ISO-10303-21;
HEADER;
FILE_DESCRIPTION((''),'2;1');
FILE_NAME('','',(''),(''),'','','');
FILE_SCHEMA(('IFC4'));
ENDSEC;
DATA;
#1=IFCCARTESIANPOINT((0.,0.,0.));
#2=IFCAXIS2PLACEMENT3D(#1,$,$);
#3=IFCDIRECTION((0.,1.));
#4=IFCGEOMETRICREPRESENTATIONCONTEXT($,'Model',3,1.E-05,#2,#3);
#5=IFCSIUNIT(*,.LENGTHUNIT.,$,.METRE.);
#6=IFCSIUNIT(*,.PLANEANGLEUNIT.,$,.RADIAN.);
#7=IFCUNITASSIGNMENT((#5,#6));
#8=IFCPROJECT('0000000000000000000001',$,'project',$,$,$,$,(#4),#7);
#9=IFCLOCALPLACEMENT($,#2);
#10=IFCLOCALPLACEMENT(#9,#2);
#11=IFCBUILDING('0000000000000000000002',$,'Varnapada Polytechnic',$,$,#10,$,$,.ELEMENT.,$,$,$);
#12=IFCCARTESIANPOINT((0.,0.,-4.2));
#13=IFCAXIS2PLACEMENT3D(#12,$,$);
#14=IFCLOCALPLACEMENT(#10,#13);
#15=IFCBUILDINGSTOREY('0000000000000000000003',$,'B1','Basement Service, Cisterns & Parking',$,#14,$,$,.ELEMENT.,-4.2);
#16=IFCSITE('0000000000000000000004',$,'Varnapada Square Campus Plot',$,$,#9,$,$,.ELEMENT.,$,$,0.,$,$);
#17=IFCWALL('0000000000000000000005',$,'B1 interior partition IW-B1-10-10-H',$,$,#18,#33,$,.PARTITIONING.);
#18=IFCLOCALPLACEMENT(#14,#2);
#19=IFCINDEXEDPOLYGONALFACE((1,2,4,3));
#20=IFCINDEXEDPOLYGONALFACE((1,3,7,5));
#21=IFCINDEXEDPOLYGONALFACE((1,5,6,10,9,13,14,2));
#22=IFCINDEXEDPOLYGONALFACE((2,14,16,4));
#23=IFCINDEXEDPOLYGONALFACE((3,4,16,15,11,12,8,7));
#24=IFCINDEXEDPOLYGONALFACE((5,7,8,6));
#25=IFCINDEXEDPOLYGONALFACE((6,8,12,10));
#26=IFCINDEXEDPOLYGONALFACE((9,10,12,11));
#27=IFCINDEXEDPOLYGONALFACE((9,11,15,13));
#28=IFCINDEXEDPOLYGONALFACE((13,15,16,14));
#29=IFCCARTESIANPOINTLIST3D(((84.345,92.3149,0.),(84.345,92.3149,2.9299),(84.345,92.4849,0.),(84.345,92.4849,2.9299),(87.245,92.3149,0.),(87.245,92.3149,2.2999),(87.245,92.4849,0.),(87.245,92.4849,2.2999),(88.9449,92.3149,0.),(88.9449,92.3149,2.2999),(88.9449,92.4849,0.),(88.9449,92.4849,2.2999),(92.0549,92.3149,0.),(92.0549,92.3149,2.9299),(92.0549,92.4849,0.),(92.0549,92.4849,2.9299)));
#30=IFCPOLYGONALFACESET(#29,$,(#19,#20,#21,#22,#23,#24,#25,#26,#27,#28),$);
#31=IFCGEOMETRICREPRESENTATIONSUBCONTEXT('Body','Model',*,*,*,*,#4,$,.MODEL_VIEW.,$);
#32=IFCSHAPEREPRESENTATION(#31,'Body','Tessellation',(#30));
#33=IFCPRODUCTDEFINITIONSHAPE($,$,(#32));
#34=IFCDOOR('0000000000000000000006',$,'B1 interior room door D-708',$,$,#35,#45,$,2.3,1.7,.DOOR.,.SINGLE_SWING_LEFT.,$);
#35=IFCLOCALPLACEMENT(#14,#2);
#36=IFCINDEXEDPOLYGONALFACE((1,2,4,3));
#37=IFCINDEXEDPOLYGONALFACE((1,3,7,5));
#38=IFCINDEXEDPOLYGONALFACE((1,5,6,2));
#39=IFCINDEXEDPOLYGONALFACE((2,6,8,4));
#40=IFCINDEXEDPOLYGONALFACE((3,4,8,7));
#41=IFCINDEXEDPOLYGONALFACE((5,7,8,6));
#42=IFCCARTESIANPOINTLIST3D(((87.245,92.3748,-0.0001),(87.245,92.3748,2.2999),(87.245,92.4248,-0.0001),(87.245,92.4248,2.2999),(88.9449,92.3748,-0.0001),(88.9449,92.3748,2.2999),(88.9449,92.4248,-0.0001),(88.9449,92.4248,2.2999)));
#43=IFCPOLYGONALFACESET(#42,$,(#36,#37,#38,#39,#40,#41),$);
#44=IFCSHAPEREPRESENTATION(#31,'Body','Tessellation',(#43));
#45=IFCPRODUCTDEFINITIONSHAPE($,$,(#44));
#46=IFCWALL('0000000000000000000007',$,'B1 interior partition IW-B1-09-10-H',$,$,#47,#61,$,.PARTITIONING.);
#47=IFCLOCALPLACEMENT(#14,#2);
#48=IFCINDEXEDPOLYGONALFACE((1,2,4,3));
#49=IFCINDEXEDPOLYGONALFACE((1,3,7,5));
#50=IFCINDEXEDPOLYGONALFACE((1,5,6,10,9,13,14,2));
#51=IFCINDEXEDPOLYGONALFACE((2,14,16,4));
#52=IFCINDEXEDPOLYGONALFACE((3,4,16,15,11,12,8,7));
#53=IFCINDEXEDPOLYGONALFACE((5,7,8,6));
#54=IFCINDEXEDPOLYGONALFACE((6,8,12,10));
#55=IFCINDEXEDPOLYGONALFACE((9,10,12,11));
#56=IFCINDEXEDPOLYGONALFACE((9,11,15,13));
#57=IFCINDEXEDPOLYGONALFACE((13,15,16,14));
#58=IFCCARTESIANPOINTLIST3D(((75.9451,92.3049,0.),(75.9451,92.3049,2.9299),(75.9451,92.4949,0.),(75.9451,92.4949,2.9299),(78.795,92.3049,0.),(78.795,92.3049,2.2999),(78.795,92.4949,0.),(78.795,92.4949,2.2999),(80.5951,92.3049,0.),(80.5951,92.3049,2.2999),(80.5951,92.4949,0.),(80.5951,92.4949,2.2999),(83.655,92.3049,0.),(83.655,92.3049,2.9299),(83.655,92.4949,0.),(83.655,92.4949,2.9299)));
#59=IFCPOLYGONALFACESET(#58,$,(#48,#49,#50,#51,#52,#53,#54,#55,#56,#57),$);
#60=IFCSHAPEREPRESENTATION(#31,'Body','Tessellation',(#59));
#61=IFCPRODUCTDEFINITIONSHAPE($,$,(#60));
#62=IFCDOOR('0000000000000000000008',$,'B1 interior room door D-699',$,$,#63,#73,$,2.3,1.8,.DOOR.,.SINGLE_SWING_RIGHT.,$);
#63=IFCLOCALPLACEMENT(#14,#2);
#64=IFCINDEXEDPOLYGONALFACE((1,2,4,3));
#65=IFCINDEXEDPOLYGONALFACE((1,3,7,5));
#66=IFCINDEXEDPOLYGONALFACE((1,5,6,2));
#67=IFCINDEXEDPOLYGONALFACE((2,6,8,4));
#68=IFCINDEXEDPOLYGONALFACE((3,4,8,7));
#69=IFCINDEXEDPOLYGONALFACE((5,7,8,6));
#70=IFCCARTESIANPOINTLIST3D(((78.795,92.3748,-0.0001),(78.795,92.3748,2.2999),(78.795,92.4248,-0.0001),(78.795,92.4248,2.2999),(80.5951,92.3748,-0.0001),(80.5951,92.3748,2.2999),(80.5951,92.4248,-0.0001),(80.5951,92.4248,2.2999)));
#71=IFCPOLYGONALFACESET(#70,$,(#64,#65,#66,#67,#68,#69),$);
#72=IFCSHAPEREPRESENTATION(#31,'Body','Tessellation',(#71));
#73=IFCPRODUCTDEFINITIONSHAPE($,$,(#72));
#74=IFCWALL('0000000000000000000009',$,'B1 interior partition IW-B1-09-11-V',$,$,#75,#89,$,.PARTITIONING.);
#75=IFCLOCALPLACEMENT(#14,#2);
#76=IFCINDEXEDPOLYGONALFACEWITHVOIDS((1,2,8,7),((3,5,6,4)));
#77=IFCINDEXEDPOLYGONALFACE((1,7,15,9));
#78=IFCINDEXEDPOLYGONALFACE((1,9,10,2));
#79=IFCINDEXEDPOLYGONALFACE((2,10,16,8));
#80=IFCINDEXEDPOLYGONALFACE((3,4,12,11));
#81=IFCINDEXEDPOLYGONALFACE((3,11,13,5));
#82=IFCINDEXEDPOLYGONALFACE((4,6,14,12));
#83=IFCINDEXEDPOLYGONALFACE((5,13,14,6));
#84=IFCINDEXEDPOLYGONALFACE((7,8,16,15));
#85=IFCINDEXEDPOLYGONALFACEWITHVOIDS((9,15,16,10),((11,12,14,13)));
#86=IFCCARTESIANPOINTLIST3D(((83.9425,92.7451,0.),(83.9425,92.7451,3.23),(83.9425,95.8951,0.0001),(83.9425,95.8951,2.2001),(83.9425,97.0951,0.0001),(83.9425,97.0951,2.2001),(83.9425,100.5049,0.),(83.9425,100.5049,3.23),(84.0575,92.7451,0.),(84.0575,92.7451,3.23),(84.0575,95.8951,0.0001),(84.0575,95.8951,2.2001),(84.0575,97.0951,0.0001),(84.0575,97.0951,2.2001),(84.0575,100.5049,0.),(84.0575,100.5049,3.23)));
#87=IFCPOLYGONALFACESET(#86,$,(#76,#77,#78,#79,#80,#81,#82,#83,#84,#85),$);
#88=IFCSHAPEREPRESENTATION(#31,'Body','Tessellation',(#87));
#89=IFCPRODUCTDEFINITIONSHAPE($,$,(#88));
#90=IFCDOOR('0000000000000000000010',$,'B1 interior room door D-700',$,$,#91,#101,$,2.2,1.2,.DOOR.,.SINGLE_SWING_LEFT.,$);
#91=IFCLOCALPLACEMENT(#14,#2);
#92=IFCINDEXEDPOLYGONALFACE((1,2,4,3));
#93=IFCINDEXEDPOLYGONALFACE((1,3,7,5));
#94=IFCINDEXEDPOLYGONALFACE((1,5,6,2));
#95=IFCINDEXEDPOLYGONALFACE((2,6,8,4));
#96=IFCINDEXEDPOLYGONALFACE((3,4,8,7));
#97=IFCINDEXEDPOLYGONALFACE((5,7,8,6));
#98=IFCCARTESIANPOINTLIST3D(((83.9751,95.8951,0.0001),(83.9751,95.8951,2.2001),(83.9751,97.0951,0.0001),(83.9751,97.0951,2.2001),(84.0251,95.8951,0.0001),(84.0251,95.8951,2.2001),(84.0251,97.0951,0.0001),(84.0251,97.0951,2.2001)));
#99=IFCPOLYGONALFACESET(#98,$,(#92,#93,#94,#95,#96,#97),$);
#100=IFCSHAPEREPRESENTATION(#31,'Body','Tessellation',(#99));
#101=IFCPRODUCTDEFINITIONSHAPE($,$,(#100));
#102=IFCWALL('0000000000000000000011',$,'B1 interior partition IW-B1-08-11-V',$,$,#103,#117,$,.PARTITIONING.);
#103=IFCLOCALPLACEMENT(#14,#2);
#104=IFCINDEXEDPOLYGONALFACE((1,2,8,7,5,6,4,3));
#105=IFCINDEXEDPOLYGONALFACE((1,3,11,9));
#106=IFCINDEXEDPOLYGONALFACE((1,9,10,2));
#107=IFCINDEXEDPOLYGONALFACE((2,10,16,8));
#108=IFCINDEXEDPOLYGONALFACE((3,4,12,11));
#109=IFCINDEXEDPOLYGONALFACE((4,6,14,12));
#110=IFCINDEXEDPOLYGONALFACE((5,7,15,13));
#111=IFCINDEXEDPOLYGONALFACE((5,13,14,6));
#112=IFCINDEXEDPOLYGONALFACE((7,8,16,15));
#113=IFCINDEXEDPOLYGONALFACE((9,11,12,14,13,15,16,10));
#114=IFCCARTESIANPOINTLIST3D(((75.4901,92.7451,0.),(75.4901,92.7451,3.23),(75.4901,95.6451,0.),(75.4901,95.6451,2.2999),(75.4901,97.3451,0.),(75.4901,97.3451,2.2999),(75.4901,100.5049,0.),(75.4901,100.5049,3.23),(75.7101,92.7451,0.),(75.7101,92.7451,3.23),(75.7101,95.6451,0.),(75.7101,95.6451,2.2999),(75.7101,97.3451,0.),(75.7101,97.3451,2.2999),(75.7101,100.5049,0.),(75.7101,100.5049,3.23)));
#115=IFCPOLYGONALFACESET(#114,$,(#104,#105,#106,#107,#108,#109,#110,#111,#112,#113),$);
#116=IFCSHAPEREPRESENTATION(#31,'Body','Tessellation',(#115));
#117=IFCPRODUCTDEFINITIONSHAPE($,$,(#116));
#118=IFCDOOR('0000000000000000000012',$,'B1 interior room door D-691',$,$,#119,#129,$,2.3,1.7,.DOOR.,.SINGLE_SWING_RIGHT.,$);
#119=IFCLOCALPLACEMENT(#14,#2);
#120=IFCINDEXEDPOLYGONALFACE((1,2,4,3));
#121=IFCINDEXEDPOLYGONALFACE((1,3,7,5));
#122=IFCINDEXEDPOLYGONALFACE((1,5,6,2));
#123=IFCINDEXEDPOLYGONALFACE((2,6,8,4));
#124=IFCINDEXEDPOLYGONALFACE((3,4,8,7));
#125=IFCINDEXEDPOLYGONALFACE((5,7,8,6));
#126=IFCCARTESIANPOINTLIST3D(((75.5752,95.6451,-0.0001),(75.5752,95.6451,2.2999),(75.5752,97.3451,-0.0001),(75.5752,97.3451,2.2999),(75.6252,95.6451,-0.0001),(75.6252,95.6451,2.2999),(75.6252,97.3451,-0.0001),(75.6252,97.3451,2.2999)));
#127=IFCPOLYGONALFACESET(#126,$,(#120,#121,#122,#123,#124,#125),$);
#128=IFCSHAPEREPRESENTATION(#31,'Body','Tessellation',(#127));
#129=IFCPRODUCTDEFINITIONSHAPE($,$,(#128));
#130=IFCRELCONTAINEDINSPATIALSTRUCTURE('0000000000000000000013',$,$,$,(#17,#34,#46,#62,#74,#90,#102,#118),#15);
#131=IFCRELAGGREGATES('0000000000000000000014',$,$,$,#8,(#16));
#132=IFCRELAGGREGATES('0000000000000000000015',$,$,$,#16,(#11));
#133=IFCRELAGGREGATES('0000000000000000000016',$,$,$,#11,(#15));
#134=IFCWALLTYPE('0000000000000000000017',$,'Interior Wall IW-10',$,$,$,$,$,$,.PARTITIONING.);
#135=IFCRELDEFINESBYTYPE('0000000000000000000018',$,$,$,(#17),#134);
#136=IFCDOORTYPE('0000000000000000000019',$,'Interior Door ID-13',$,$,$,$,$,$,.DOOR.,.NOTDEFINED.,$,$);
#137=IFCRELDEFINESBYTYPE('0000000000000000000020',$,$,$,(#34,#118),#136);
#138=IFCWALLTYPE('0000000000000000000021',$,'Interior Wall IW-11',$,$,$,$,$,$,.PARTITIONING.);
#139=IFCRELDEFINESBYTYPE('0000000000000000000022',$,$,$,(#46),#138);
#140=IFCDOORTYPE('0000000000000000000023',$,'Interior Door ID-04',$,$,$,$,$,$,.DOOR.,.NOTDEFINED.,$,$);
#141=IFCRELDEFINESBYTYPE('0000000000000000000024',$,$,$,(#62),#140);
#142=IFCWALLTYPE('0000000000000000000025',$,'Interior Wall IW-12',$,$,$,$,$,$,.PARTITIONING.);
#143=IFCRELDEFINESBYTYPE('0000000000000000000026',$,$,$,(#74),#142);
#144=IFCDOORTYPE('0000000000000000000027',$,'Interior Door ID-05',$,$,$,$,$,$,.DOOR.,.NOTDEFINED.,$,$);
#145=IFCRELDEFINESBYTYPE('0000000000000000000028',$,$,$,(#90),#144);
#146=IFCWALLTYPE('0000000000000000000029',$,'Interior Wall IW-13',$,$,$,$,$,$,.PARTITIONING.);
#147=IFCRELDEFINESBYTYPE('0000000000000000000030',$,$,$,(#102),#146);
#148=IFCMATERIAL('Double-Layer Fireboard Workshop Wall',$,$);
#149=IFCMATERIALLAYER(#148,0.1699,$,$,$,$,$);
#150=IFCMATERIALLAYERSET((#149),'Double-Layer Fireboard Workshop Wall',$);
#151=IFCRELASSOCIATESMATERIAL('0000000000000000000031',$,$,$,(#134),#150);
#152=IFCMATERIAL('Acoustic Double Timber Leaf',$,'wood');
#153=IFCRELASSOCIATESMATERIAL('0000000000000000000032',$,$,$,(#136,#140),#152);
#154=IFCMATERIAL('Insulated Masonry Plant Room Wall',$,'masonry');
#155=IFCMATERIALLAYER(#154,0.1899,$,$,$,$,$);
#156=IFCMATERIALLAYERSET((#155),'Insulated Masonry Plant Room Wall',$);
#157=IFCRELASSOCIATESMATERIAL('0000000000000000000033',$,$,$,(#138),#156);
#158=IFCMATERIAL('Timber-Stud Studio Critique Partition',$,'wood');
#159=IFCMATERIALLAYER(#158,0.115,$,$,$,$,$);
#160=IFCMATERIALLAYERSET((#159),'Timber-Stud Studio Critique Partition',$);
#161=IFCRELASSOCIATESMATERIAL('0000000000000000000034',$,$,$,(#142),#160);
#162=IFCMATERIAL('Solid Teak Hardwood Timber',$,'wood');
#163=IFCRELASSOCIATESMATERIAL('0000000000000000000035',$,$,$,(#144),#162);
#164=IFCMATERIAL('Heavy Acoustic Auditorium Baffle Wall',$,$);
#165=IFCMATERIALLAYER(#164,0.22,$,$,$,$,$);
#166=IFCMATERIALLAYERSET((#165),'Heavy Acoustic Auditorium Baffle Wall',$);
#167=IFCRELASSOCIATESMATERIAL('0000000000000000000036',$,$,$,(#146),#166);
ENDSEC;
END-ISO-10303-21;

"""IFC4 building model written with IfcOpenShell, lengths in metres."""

from ifc_helpers import new_model, si_unit, direction, frame, frame_2d, origin, place, context, subcontext, project, spatial, rectangle, extrude, material, layer, layer_set, type_object, element, fill, save


model = new_model("IFC4")

# Units and contexts
model_context = context("Model", 3, precision=1e-05, world=origin(), true_north=direction((0.0, 1.0)))
body_context = subcontext(model_context, "Body", "Model", "MODEL_VIEW")
ifc_project = project(units=[si_unit("LENGTHUNIT", "METRE"), si_unit("PLANEANGLEUNIT", "RADIAN")], contexts=[model_context])

# Site, building, storey
site_placement = place(None, origin())
site = spatial("IfcSite", under=ifc_project, at=site_placement, Name="Varnapada Square Campus Plot", CompositionType="ELEMENT", RefElevation=0.0)
building_placement = place(site_placement, origin())
building = spatial("IfcBuilding", under=site, at=building_placement, Name="Varnapada Polytechnic", CompositionType="ELEMENT")
storey_placement = place(building_placement, frame((0.0, 0.0, -4.2)))
storey = spatial("IfcBuildingStorey", under=building, at=storey_placement, Name="B1", Description="Basement Service, Cisterns & Parking", CompositionType="ELEMENT", Elevation=-4.2)

# Walls, openings, doors
ifc_material_1 = material(Name="Double-Layer Fireboard Workshop Wall")
ifc_layer_1 = layer(ifc_material_1, 0.1699)
ifc_layer_set_1 = layer_set([ifc_layer_1], Name="Double-Layer Fireboard Workshop Wall")
wall_type_1 = type_object("IfcWallType", Name="Interior Wall IW-10", PredefinedType="PARTITIONING", material=ifc_layer_set_1)
wall_1_placement = place(storey_placement, frame((84.345, 92.3999, 0.0), z_axis=(0.0, 0.0, 1.0), x_axis=(1.0, 0.0, 0.0)))
wall_1 = element("IfcWall", 1, at=wall_1_placement, inside=storey, type_object=wall_type_1, Name="B1 interior partition IW-B1-10-10-H", PredefinedType="PARTITIONING", context=body_context, shape_type="SweptSolid", body=[
    extrude(rectangle(XDim=7.71, YDim=0.1699, at=frame_2d((3.855, 0.0))), origin(), (0.0, 0.0, 1.0), 2.9299),
])
opening_1_placement = place(wall_1_placement, frame((2.8999, 0.0, 0.0)))
opening_1 = element("IfcOpeningElement", 2, at=opening_1_placement, cuts=wall_1, PredefinedType="OPENING", context=body_context, shape_type="SweptSolid", body=[
    extrude(rectangle(XDim=1.7, YDim=2.3, at=frame_2d((0.8501, 1.1499))), frame((0.0, 0.095, 0.0), z_axis=(0.0, -1.0, 0.0), x_axis=(1.0, 0.0, 0.0)), (0.0, 0.0, 1.0), 0.1899),
])
ifc_material_2 = material(Name="Acoustic Double Timber Leaf", Category="wood")
door_type_1 = type_object("IfcDoorType", Name="Interior Door ID-13", OperationType="NOTDEFINED", PredefinedType="DOOR", material=ifc_material_2)
door_1_placement = place(opening_1_placement, origin())
door_1 = element("IfcDoor", 3, at=door_1_placement, inside=storey, type_object=door_type_1, Name="B1 interior room door D-708", OperationType="SINGLE_SWING_LEFT", OverallHeight=2.3, OverallWidth=1.7, PredefinedType="DOOR", context=body_context, shape_type="SweptSolid", body=[
    extrude(rectangle(XDim=1.7, YDim=2.3, at=frame_2d((0.8501, 1.1499))), frame((0.0, 0.0249, 0.0), z_axis=(0.0, -1.0, 0.0), x_axis=(1.0, 0.0, 0.0)), (0.0, 0.0, 1.0), 0.05),
])
fill(opening_1, door_1)
ifc_material_3 = material(Name="Insulated Masonry Plant Room Wall", Category="masonry")
ifc_layer_2 = layer(ifc_material_3, 0.1899)
ifc_layer_set_2 = layer_set([ifc_layer_2], Name="Insulated Masonry Plant Room Wall")
wall_type_2 = type_object("IfcWallType", Name="Interior Wall IW-11", PredefinedType="PARTITIONING", material=ifc_layer_set_2)
wall_2_placement = place(storey_placement, frame((75.9451, 92.3999, 0.0), z_axis=(0.0, 0.0, 1.0), x_axis=(1.0, 0.0, 0.0)))
wall_2 = element("IfcWall", 4, at=wall_2_placement, inside=storey, type_object=wall_type_2, Name="B1 interior partition IW-B1-09-10-H", PredefinedType="PARTITIONING", context=body_context, shape_type="SweptSolid", body=[
    extrude(rectangle(XDim=7.71, YDim=0.1899, at=frame_2d((3.855, 0.0))), origin(), (0.0, 0.0, 1.0), 2.9299),
])
opening_2_placement = place(wall_2_placement, frame((2.8501, 0.0, 0.0)))
opening_2 = element("IfcOpeningElement", 5, at=opening_2_placement, cuts=wall_2, PredefinedType="OPENING", context=body_context, shape_type="SweptSolid", body=[
    extrude(rectangle(XDim=1.8, YDim=2.3, at=frame_2d((0.8999, 1.1499))), frame((0.0, 0.105, 0.0), z_axis=(0.0, -1.0, 0.0), x_axis=(1.0, 0.0, 0.0)), (0.0, 0.0, 1.0), 0.21),
])
door_type_2 = type_object("IfcDoorType", Name="Interior Door ID-04", OperationType="NOTDEFINED", PredefinedType="DOOR", material=ifc_material_2)
door_2_placement = place(opening_2_placement, origin())
door_2 = element("IfcDoor", 6, at=door_2_placement, inside=storey, type_object=door_type_2, Name="B1 interior room door D-699", OperationType="SINGLE_SWING_RIGHT", OverallHeight=2.3, OverallWidth=1.8, PredefinedType="DOOR", context=body_context, shape_type="SweptSolid", body=[
    extrude(rectangle(XDim=1.8, YDim=2.3, at=frame_2d((0.8999, 1.1499))), frame((0.0, 0.0249, 0.0), z_axis=(0.0, -1.0, 0.0), x_axis=(1.0, 0.0, 0.0)), (0.0, 0.0, 1.0), 0.05),
])
fill(opening_2, door_2)
ifc_material_4 = material(Name="Timber-Stud Studio Critique Partition", Category="wood")
ifc_layer_3 = layer(ifc_material_4, 0.115)
ifc_layer_set_3 = layer_set([ifc_layer_3], Name="Timber-Stud Studio Critique Partition")
wall_type_3 = type_object("IfcWallType", Name="Interior Wall IW-12", PredefinedType="PARTITIONING", material=ifc_layer_set_3)
wall_3_placement = place(storey_placement, frame((84.0, 92.7451, 0.0), z_axis=(0.0, 0.0, 1.0), x_axis=(0.0, 1.0, 0.0)))
wall_3 = element("IfcWall", 7, at=wall_3_placement, inside=storey, type_object=wall_type_3, Name="B1 interior partition IW-B1-09-11-V", PredefinedType="PARTITIONING", context=body_context, shape_type="SweptSolid", body=[
    extrude(rectangle(XDim=7.7598, YDim=0.115, at=frame_2d((3.8799, 0.0))), origin(), (0.0, 0.0, 1.0), 3.23),
])
opening_3_placement = place(wall_3_placement, frame((3.1499, 0.0, 0.0)))
opening_3 = element("IfcOpeningElement", 8, at=opening_3_placement, cuts=wall_3, PredefinedType="OPENING", context=body_context, shape_type="SweptSolid", body=[
    extrude(rectangle(XDim=1.2, YDim=2.2, at=frame_2d((0.6001, 1.1001))), frame((0.0, 0.0674, 0.0), z_axis=(0.0, -1.0, 0.0), x_axis=(1.0, 0.0, 0.0)), (0.0, 0.0, 1.0), 0.135),
])
ifc_material_5 = material(Name="Solid Teak Hardwood Timber", Category="wood")
door_type_3 = type_object("IfcDoorType", Name="Interior Door ID-05", OperationType="NOTDEFINED", PredefinedType="DOOR", material=ifc_material_5)
door_3_placement = place(opening_3_placement, origin())
door_3 = element("IfcDoor", 9, at=door_3_placement, inside=storey, type_object=door_type_3, Name="B1 interior room door D-700", OperationType="SINGLE_SWING_LEFT", OverallHeight=2.2, OverallWidth=1.2, PredefinedType="DOOR", context=body_context, shape_type="SweptSolid", body=[
    extrude(rectangle(XDim=1.2, YDim=2.2, at=frame_2d((0.6001, 1.1001))), frame((0.0, 0.0249, 0.0), z_axis=(0.0, -1.0, 0.0), x_axis=(1.0, 0.0, 0.0)), (0.0, 0.0, 1.0), 0.05),
])
fill(opening_3, door_3)
ifc_material_6 = material(Name="Heavy Acoustic Auditorium Baffle Wall")
ifc_layer_4 = layer(ifc_material_6, 0.22)
ifc_layer_set_4 = layer_set([ifc_layer_4], Name="Heavy Acoustic Auditorium Baffle Wall")
wall_type_4 = type_object("IfcWallType", Name="Interior Wall IW-13", PredefinedType="PARTITIONING", material=ifc_layer_set_4)
wall_4_placement = place(storey_placement, frame((75.6001, 92.7451, 0.0), z_axis=(0.0, 0.0, 1.0), x_axis=(0.0, 1.0, 0.0)))
wall_4 = element("IfcWall", 10, at=wall_4_placement, inside=storey, type_object=wall_type_4, Name="B1 interior partition IW-B1-08-11-V", PredefinedType="PARTITIONING", context=body_context, shape_type="SweptSolid", body=[
    extrude(rectangle(XDim=7.7598, YDim=0.22, at=frame_2d((3.8799, 0.0))), origin(), (0.0, 0.0, 1.0), 3.23),
])
opening_4_placement = place(wall_4_placement, frame((2.8999, 0.0, 0.0)))
opening_4 = element("IfcOpeningElement", 11, at=opening_4_placement, cuts=wall_4, PredefinedType="OPENING", context=body_context, shape_type="SweptSolid", body=[
    extrude(rectangle(XDim=1.7, YDim=2.3, at=frame_2d((0.8501, 1.1499))), frame((0.0, 0.1199, 0.0), z_axis=(0.0, -1.0, 0.0), x_axis=(1.0, 0.0, 0.0)), (0.0, 0.0, 1.0), 0.24),
])
door_4_placement = place(opening_4_placement, origin())
door_4 = element("IfcDoor", 12, at=door_4_placement, inside=storey, type_object=door_type_1, Name="B1 interior room door D-691", OperationType="SINGLE_SWING_RIGHT", OverallHeight=2.3, OverallWidth=1.7, PredefinedType="DOOR", context=body_context, shape_type="SweptSolid", body=[
    extrude(rectangle(XDim=1.7, YDim=2.3, at=frame_2d((0.8501, 1.1499))), frame((0.0, 0.0249, 0.0), z_axis=(0.0, -1.0, 0.0), x_axis=(1.0, 0.0, 0.0)), (0.0, 0.0, 1.0), 0.05),
])
fill(opening_4, door_4)

save(model, "model.ifc")
